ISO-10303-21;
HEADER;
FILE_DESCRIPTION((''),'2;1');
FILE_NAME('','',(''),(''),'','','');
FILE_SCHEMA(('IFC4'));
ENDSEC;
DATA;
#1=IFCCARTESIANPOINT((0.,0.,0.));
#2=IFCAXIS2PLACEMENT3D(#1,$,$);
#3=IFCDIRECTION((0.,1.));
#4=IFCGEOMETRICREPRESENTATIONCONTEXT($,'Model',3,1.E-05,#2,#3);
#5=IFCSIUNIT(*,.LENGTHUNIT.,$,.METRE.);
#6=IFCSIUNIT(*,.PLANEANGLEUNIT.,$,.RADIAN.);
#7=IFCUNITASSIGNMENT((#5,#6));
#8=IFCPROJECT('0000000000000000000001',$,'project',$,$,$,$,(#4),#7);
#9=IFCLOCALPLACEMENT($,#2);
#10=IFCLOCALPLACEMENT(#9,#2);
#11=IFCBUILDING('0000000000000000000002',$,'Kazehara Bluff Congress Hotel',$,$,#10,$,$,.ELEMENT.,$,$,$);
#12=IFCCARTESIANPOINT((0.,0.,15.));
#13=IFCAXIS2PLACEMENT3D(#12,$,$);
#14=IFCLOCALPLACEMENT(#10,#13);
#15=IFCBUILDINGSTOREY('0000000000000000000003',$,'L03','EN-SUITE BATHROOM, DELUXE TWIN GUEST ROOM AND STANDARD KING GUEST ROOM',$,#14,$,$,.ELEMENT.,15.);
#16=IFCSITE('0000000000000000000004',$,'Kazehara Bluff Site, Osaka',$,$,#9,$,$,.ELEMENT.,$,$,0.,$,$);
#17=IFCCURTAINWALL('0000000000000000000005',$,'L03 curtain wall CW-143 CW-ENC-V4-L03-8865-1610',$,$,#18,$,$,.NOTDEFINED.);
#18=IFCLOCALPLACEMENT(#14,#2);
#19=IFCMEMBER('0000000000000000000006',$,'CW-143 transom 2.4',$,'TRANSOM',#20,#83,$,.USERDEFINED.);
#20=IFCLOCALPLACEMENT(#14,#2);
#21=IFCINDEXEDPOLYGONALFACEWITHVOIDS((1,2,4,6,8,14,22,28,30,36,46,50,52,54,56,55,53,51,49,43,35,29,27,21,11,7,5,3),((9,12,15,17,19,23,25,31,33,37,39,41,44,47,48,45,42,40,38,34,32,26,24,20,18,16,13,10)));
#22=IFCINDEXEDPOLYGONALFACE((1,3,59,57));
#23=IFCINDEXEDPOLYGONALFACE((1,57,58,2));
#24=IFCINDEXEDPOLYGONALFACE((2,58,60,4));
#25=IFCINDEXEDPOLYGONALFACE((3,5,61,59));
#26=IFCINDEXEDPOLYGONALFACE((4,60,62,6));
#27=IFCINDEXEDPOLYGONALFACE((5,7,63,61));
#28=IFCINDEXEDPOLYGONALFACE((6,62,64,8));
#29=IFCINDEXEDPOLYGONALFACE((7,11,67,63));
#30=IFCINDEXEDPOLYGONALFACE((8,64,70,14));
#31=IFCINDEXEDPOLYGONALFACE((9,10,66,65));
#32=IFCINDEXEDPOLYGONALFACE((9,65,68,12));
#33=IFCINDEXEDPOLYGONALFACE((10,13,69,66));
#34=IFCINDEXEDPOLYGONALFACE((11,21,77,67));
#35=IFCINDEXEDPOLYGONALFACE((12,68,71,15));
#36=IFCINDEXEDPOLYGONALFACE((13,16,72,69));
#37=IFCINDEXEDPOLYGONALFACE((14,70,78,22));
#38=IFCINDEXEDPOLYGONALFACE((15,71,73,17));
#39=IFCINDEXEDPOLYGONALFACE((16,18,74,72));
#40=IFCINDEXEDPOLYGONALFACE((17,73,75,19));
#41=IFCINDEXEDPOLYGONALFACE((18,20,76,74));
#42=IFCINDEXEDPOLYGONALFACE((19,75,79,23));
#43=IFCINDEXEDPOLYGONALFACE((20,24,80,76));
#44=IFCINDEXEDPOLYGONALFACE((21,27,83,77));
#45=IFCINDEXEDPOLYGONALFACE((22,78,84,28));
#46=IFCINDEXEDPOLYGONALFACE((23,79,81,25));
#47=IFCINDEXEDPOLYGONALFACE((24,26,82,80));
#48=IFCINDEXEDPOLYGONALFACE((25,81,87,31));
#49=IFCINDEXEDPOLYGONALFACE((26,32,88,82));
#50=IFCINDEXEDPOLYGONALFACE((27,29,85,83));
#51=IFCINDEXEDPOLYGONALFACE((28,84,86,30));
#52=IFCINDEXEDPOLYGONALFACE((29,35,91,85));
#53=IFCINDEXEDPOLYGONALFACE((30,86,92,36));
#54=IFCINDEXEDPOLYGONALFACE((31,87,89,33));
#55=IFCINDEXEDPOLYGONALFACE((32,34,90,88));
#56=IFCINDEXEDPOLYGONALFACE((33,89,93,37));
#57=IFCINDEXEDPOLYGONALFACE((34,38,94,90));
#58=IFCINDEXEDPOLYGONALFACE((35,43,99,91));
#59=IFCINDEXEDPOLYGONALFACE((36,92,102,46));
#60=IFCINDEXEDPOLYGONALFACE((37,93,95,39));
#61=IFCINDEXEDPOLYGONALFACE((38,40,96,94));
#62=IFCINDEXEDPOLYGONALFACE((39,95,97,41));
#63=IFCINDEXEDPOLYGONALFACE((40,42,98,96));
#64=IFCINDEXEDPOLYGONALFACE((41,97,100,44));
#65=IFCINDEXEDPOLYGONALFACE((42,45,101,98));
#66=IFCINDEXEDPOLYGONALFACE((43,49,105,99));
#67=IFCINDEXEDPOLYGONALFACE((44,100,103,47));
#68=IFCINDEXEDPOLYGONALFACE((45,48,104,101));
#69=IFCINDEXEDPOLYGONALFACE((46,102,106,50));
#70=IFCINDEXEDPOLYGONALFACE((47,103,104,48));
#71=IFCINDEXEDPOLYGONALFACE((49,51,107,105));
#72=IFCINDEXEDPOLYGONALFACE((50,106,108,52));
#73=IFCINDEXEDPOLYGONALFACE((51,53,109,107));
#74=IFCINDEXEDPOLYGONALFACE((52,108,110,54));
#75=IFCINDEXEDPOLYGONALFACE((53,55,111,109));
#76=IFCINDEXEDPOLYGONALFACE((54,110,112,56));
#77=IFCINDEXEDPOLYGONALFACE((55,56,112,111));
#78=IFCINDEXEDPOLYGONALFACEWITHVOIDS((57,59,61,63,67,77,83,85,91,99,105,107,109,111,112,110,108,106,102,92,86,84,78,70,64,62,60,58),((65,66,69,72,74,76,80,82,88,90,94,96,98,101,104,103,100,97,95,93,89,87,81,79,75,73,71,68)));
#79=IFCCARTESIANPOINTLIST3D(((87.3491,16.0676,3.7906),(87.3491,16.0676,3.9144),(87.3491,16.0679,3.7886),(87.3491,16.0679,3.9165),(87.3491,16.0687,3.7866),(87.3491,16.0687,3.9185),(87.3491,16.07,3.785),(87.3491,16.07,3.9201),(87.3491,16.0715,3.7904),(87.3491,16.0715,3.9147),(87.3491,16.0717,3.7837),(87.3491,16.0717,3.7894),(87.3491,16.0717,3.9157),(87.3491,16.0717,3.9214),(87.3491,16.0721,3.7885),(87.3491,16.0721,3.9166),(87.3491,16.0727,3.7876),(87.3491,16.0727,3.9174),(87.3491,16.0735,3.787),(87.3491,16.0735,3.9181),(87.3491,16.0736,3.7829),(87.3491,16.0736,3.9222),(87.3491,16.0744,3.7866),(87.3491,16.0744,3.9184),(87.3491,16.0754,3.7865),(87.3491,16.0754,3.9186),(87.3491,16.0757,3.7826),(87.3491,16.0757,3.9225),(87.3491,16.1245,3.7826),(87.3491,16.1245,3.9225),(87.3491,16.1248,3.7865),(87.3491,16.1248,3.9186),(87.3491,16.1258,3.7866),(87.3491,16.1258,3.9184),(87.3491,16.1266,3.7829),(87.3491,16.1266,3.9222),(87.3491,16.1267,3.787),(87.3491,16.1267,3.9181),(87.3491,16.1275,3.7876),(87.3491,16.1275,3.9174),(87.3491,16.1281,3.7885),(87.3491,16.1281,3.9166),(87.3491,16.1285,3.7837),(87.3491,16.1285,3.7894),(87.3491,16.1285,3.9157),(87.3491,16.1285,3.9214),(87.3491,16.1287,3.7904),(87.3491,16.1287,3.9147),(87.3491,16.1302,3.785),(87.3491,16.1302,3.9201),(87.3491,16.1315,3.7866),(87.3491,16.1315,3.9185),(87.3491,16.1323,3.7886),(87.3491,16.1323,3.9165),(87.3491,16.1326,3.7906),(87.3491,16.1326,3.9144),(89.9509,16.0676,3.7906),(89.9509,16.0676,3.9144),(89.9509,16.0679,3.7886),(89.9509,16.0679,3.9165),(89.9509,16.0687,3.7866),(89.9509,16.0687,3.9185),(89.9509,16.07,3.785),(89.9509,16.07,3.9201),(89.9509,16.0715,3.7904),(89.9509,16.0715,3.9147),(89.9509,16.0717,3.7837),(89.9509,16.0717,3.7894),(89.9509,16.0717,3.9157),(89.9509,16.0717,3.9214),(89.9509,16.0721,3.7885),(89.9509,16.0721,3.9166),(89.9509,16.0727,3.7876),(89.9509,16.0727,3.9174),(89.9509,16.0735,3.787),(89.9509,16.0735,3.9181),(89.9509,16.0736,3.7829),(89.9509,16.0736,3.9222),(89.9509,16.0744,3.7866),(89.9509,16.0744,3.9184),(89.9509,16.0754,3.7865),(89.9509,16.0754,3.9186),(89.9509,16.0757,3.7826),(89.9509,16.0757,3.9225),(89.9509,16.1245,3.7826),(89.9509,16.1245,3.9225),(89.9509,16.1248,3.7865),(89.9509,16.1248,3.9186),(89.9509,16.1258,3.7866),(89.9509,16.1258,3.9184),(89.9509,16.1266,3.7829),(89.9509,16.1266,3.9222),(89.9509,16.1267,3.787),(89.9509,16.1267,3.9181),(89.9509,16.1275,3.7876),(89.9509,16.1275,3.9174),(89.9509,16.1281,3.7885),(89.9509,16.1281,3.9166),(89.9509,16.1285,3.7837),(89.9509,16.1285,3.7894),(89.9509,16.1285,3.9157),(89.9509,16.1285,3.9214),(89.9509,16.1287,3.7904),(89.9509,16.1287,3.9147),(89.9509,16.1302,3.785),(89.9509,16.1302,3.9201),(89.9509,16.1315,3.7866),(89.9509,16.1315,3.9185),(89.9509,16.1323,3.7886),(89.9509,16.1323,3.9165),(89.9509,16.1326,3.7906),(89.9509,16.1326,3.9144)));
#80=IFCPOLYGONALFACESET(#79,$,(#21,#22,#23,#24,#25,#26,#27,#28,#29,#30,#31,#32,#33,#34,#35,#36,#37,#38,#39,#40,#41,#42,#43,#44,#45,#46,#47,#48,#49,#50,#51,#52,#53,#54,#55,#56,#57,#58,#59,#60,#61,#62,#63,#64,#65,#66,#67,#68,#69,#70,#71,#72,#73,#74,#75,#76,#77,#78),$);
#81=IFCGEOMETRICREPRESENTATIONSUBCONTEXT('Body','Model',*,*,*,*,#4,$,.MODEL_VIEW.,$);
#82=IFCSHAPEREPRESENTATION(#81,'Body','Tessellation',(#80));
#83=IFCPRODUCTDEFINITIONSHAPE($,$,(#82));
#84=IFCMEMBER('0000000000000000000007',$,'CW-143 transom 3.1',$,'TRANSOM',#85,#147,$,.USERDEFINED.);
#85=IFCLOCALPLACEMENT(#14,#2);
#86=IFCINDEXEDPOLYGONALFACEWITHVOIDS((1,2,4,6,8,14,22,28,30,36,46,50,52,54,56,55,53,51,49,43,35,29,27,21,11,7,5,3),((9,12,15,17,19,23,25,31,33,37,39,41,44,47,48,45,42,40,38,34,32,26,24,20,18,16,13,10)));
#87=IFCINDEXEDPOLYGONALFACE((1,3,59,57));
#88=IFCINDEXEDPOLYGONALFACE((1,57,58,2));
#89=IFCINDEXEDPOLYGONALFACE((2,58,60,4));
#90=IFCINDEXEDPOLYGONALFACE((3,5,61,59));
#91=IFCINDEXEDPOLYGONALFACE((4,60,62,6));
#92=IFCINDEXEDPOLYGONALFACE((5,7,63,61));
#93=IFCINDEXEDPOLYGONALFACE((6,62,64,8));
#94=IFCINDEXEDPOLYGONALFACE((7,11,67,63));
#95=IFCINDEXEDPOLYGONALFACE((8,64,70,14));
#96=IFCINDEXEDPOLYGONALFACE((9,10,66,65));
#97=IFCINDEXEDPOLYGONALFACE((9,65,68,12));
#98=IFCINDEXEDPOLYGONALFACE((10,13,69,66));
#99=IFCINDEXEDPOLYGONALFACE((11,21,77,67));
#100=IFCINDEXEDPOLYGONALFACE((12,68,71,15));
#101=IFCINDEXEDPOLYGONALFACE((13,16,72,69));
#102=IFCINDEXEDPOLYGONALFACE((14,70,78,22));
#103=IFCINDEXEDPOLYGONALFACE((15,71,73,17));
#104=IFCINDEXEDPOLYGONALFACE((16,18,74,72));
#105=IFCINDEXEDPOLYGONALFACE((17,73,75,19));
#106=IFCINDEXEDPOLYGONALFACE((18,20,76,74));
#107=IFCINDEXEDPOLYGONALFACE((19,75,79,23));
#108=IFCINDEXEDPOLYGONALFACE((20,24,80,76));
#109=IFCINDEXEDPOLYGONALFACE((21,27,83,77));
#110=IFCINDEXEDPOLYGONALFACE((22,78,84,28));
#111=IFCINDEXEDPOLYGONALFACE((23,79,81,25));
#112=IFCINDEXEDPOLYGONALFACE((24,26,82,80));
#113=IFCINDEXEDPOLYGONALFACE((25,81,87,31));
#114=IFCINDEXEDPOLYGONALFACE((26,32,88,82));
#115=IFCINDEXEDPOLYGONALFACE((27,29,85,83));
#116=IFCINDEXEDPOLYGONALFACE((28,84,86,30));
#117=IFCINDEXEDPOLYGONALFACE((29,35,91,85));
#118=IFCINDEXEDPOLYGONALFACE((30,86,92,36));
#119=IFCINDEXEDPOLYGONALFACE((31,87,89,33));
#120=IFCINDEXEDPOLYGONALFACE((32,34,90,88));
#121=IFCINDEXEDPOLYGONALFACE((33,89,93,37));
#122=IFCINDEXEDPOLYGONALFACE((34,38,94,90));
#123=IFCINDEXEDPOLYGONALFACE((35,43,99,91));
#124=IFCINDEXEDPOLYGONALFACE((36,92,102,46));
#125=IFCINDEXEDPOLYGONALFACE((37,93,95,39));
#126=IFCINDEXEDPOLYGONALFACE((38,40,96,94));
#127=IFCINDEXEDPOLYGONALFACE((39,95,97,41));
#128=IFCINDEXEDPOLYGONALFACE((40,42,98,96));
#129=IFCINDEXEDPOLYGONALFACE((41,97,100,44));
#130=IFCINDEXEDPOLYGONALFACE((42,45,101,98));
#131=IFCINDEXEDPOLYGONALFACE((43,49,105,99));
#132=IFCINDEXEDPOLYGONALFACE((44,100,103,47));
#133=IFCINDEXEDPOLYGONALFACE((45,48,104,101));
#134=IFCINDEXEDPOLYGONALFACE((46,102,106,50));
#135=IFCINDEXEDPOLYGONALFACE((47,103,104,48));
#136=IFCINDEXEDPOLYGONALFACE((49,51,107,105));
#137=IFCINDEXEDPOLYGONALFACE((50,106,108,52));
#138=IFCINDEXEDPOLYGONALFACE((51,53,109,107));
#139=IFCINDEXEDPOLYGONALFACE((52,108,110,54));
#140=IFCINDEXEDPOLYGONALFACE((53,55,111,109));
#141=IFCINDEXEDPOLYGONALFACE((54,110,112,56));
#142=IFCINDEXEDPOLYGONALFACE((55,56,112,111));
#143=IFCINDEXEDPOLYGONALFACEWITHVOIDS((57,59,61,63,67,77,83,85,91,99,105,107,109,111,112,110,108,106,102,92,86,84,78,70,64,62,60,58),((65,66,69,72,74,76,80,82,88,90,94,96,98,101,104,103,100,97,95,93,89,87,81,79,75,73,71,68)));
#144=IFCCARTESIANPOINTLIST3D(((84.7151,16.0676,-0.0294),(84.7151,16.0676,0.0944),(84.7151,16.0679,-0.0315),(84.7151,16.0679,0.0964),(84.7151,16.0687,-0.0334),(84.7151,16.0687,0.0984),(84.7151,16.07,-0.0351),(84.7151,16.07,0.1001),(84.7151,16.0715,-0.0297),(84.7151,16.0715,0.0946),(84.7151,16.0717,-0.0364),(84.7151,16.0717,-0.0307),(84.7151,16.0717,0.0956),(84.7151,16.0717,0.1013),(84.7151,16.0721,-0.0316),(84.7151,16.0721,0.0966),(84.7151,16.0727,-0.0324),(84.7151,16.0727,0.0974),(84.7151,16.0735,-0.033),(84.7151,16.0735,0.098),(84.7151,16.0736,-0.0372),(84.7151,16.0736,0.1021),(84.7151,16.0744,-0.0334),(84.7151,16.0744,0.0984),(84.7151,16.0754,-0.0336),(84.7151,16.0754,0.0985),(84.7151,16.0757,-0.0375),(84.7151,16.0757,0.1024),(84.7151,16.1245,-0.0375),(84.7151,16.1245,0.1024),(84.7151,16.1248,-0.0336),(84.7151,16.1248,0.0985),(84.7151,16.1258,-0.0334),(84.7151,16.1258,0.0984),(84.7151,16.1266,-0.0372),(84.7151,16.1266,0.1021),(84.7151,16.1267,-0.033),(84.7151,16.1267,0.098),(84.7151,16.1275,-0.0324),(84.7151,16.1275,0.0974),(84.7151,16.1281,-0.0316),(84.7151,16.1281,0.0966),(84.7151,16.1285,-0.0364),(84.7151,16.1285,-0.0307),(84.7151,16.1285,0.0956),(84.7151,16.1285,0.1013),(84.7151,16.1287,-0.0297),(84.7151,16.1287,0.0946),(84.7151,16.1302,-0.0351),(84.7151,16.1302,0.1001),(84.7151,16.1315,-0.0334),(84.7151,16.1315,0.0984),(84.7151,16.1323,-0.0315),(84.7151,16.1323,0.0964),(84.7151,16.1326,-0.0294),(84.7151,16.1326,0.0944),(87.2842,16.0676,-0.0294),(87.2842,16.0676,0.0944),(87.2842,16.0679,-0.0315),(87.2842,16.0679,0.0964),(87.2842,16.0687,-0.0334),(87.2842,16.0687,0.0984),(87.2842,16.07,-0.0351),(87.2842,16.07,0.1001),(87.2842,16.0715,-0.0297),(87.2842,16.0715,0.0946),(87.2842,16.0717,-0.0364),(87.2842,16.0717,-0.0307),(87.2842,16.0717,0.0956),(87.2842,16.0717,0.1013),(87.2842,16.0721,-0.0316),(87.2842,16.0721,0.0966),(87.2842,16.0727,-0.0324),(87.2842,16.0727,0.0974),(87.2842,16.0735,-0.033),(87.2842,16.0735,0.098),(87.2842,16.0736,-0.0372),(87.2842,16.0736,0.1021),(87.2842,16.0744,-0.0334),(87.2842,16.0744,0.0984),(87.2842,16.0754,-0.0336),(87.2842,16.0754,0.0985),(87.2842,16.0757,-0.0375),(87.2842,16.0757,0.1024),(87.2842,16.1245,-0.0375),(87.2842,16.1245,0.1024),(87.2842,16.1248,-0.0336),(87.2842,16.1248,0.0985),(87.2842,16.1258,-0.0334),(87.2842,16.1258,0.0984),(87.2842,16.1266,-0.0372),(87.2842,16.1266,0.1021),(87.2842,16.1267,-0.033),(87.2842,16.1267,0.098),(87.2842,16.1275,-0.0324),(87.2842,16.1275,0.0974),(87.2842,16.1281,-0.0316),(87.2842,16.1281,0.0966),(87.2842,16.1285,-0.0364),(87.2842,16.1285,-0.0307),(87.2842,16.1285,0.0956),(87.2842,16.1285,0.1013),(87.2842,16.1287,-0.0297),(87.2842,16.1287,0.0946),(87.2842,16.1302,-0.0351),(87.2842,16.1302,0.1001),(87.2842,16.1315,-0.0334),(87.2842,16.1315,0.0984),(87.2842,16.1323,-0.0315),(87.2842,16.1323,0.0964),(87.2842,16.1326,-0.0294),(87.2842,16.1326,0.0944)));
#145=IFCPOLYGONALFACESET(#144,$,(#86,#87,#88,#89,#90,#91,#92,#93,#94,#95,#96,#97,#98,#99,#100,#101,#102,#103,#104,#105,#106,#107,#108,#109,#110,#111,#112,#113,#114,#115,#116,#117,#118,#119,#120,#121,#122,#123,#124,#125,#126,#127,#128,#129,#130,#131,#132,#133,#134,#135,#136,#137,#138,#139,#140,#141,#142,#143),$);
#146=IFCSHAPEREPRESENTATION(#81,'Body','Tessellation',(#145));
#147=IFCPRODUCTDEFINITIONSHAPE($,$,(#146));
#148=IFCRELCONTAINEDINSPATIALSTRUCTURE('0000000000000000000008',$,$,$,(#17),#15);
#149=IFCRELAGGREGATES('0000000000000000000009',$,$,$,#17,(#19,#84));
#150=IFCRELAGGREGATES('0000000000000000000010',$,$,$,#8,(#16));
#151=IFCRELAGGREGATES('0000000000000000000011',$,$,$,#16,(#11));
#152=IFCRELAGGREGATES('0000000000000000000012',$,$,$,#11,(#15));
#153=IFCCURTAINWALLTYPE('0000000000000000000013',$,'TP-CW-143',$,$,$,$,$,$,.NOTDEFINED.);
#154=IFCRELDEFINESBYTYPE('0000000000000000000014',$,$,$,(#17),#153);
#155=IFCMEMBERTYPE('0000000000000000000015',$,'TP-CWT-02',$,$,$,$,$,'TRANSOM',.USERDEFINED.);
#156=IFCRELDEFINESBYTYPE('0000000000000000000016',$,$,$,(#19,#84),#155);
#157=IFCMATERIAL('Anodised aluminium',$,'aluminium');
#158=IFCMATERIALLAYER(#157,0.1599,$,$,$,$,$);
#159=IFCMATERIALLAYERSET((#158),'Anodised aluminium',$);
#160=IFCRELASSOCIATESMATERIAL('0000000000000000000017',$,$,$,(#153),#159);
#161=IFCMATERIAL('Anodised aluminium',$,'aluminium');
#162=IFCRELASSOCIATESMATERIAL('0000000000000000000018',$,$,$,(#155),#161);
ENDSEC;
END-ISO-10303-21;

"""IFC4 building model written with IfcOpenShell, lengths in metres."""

from ifc_helpers import new_model, si_unit, direction, frame, origin, origin_2d, place, context, subcontext, project, spatial, hollow_rectangle, extrude, material, layer, layer_set, material_profile, profile_set, type_object, element, aggregate, save


model = new_model("IFC4")

# Units and contexts
model_context = context("Model", 3, precision=1e-05, world=origin(), true_north=direction((0.0, 1.0)))
body_context = subcontext(model_context, "Body", "Model", "MODEL_VIEW")
ifc_project = project(units=[si_unit("LENGTHUNIT", "METRE"), si_unit("PLANEANGLEUNIT", "RADIAN")], contexts=[model_context])

# Site, building, storey
site_placement = place(None, origin())
site = spatial("IfcSite", under=ifc_project, at=site_placement, Name="Kazehara Bluff Site, Osaka", CompositionType="ELEMENT", RefElevation=0.0)
building_placement = place(site_placement, origin())
building = spatial("IfcBuilding", under=site, at=building_placement, Name="Kazehara Bluff Congress Hotel", CompositionType="ELEMENT")
storey_placement = place(building_placement, frame((0.0, 0.0, 15.0)))
storey = spatial("IfcBuildingStorey", under=building, at=storey_placement, Name="L03", Description="EN-SUITE BATHROOM, DELUXE TWIN GUEST ROOM AND STANDARD KING GUEST ROOM", CompositionType="ELEMENT", Elevation=15.0)

# Curtain wall, members
ifc_material_1 = material(Name="Anodised aluminium", Category="aluminium")
ifc_layer_1 = layer(ifc_material_1, 0.1599)
ifc_layer_set_1 = layer_set([ifc_layer_1], Name="Anodised aluminium")
curtain_wall_type = type_object("IfcCurtainWallType", Name="TP-CW-143", PredefinedType="NOTDEFINED", material=ifc_layer_set_1)
curtain_wall_placement = place(storey_placement, origin())
curtain_wall = element("IfcCurtainWall", 1, at=curtain_wall_placement, inside=storey, type_object=curtain_wall_type, Name="L03 curtain wall CW-143 CW-ENC-V4-L03-8865-1610", PredefinedType="NOTDEFINED")
ifc_material_2 = material(Name="Anodised aluminium", Category="aluminium")
ifc_material_profile_1 = material_profile(ifc_material_2, hollow_rectangle(XDim=0.0649, YDim=0.1399, WallThickness=0.0039, InnerFilletRadius=0.0039, OuterFilletRadius=0.0081, at=origin_2d()))
ifc_profile_set_1 = profile_set([ifc_material_profile_1], Name="Anodised aluminium")
member_type_1 = type_object("IfcMemberType", Name="TP-CWT-02", ElementType="TRANSOM", PredefinedType="USERDEFINED", material=ifc_profile_set_1)
member_1_placement = place(storey_placement, frame((89.9509, 16.1001, 3.8525), z_axis=(-1.0, 0.0, 0.0), x_axis=(0.0, -1.0, 0.0)))
member_1 = element("IfcMember", 2, at=member_1_placement, type_object=member_type_1, Name="CW-143 transom 2.4", ObjectType="TRANSOM", PredefinedType="USERDEFINED", context=body_context, shape_type="SweptSolid", body=[
    extrude(hollow_rectangle(XDim=0.0649, YDim=0.1399, WallThickness=0.0039, InnerFilletRadius=0.0039, OuterFilletRadius=0.0081, at=origin_2d()), origin(), (0.0, 0.0, 1.0), 2.6018),
])
member_2_placement = place(storey_placement, frame((87.2842, 16.1001, 0.0325), z_axis=(-1.0, 0.0, 0.0), x_axis=(0.0, -1.0, 0.0)))
member_2 = element("IfcMember", 3, at=member_2_placement, type_object=member_type_1, Name="CW-143 transom 3.1", ObjectType="TRANSOM", PredefinedType="USERDEFINED", context=body_context, shape_type="SweptSolid", body=[
    extrude(hollow_rectangle(XDim=0.0649, YDim=0.1399, WallThickness=0.0039, InnerFilletRadius=0.0039, OuterFilletRadius=0.0081, at=origin_2d()), origin(), (0.0, 0.0, 1.0), 2.5691),
])

aggregate(curtain_wall, [member_1, member_2])

save(model, "model.ifc")
